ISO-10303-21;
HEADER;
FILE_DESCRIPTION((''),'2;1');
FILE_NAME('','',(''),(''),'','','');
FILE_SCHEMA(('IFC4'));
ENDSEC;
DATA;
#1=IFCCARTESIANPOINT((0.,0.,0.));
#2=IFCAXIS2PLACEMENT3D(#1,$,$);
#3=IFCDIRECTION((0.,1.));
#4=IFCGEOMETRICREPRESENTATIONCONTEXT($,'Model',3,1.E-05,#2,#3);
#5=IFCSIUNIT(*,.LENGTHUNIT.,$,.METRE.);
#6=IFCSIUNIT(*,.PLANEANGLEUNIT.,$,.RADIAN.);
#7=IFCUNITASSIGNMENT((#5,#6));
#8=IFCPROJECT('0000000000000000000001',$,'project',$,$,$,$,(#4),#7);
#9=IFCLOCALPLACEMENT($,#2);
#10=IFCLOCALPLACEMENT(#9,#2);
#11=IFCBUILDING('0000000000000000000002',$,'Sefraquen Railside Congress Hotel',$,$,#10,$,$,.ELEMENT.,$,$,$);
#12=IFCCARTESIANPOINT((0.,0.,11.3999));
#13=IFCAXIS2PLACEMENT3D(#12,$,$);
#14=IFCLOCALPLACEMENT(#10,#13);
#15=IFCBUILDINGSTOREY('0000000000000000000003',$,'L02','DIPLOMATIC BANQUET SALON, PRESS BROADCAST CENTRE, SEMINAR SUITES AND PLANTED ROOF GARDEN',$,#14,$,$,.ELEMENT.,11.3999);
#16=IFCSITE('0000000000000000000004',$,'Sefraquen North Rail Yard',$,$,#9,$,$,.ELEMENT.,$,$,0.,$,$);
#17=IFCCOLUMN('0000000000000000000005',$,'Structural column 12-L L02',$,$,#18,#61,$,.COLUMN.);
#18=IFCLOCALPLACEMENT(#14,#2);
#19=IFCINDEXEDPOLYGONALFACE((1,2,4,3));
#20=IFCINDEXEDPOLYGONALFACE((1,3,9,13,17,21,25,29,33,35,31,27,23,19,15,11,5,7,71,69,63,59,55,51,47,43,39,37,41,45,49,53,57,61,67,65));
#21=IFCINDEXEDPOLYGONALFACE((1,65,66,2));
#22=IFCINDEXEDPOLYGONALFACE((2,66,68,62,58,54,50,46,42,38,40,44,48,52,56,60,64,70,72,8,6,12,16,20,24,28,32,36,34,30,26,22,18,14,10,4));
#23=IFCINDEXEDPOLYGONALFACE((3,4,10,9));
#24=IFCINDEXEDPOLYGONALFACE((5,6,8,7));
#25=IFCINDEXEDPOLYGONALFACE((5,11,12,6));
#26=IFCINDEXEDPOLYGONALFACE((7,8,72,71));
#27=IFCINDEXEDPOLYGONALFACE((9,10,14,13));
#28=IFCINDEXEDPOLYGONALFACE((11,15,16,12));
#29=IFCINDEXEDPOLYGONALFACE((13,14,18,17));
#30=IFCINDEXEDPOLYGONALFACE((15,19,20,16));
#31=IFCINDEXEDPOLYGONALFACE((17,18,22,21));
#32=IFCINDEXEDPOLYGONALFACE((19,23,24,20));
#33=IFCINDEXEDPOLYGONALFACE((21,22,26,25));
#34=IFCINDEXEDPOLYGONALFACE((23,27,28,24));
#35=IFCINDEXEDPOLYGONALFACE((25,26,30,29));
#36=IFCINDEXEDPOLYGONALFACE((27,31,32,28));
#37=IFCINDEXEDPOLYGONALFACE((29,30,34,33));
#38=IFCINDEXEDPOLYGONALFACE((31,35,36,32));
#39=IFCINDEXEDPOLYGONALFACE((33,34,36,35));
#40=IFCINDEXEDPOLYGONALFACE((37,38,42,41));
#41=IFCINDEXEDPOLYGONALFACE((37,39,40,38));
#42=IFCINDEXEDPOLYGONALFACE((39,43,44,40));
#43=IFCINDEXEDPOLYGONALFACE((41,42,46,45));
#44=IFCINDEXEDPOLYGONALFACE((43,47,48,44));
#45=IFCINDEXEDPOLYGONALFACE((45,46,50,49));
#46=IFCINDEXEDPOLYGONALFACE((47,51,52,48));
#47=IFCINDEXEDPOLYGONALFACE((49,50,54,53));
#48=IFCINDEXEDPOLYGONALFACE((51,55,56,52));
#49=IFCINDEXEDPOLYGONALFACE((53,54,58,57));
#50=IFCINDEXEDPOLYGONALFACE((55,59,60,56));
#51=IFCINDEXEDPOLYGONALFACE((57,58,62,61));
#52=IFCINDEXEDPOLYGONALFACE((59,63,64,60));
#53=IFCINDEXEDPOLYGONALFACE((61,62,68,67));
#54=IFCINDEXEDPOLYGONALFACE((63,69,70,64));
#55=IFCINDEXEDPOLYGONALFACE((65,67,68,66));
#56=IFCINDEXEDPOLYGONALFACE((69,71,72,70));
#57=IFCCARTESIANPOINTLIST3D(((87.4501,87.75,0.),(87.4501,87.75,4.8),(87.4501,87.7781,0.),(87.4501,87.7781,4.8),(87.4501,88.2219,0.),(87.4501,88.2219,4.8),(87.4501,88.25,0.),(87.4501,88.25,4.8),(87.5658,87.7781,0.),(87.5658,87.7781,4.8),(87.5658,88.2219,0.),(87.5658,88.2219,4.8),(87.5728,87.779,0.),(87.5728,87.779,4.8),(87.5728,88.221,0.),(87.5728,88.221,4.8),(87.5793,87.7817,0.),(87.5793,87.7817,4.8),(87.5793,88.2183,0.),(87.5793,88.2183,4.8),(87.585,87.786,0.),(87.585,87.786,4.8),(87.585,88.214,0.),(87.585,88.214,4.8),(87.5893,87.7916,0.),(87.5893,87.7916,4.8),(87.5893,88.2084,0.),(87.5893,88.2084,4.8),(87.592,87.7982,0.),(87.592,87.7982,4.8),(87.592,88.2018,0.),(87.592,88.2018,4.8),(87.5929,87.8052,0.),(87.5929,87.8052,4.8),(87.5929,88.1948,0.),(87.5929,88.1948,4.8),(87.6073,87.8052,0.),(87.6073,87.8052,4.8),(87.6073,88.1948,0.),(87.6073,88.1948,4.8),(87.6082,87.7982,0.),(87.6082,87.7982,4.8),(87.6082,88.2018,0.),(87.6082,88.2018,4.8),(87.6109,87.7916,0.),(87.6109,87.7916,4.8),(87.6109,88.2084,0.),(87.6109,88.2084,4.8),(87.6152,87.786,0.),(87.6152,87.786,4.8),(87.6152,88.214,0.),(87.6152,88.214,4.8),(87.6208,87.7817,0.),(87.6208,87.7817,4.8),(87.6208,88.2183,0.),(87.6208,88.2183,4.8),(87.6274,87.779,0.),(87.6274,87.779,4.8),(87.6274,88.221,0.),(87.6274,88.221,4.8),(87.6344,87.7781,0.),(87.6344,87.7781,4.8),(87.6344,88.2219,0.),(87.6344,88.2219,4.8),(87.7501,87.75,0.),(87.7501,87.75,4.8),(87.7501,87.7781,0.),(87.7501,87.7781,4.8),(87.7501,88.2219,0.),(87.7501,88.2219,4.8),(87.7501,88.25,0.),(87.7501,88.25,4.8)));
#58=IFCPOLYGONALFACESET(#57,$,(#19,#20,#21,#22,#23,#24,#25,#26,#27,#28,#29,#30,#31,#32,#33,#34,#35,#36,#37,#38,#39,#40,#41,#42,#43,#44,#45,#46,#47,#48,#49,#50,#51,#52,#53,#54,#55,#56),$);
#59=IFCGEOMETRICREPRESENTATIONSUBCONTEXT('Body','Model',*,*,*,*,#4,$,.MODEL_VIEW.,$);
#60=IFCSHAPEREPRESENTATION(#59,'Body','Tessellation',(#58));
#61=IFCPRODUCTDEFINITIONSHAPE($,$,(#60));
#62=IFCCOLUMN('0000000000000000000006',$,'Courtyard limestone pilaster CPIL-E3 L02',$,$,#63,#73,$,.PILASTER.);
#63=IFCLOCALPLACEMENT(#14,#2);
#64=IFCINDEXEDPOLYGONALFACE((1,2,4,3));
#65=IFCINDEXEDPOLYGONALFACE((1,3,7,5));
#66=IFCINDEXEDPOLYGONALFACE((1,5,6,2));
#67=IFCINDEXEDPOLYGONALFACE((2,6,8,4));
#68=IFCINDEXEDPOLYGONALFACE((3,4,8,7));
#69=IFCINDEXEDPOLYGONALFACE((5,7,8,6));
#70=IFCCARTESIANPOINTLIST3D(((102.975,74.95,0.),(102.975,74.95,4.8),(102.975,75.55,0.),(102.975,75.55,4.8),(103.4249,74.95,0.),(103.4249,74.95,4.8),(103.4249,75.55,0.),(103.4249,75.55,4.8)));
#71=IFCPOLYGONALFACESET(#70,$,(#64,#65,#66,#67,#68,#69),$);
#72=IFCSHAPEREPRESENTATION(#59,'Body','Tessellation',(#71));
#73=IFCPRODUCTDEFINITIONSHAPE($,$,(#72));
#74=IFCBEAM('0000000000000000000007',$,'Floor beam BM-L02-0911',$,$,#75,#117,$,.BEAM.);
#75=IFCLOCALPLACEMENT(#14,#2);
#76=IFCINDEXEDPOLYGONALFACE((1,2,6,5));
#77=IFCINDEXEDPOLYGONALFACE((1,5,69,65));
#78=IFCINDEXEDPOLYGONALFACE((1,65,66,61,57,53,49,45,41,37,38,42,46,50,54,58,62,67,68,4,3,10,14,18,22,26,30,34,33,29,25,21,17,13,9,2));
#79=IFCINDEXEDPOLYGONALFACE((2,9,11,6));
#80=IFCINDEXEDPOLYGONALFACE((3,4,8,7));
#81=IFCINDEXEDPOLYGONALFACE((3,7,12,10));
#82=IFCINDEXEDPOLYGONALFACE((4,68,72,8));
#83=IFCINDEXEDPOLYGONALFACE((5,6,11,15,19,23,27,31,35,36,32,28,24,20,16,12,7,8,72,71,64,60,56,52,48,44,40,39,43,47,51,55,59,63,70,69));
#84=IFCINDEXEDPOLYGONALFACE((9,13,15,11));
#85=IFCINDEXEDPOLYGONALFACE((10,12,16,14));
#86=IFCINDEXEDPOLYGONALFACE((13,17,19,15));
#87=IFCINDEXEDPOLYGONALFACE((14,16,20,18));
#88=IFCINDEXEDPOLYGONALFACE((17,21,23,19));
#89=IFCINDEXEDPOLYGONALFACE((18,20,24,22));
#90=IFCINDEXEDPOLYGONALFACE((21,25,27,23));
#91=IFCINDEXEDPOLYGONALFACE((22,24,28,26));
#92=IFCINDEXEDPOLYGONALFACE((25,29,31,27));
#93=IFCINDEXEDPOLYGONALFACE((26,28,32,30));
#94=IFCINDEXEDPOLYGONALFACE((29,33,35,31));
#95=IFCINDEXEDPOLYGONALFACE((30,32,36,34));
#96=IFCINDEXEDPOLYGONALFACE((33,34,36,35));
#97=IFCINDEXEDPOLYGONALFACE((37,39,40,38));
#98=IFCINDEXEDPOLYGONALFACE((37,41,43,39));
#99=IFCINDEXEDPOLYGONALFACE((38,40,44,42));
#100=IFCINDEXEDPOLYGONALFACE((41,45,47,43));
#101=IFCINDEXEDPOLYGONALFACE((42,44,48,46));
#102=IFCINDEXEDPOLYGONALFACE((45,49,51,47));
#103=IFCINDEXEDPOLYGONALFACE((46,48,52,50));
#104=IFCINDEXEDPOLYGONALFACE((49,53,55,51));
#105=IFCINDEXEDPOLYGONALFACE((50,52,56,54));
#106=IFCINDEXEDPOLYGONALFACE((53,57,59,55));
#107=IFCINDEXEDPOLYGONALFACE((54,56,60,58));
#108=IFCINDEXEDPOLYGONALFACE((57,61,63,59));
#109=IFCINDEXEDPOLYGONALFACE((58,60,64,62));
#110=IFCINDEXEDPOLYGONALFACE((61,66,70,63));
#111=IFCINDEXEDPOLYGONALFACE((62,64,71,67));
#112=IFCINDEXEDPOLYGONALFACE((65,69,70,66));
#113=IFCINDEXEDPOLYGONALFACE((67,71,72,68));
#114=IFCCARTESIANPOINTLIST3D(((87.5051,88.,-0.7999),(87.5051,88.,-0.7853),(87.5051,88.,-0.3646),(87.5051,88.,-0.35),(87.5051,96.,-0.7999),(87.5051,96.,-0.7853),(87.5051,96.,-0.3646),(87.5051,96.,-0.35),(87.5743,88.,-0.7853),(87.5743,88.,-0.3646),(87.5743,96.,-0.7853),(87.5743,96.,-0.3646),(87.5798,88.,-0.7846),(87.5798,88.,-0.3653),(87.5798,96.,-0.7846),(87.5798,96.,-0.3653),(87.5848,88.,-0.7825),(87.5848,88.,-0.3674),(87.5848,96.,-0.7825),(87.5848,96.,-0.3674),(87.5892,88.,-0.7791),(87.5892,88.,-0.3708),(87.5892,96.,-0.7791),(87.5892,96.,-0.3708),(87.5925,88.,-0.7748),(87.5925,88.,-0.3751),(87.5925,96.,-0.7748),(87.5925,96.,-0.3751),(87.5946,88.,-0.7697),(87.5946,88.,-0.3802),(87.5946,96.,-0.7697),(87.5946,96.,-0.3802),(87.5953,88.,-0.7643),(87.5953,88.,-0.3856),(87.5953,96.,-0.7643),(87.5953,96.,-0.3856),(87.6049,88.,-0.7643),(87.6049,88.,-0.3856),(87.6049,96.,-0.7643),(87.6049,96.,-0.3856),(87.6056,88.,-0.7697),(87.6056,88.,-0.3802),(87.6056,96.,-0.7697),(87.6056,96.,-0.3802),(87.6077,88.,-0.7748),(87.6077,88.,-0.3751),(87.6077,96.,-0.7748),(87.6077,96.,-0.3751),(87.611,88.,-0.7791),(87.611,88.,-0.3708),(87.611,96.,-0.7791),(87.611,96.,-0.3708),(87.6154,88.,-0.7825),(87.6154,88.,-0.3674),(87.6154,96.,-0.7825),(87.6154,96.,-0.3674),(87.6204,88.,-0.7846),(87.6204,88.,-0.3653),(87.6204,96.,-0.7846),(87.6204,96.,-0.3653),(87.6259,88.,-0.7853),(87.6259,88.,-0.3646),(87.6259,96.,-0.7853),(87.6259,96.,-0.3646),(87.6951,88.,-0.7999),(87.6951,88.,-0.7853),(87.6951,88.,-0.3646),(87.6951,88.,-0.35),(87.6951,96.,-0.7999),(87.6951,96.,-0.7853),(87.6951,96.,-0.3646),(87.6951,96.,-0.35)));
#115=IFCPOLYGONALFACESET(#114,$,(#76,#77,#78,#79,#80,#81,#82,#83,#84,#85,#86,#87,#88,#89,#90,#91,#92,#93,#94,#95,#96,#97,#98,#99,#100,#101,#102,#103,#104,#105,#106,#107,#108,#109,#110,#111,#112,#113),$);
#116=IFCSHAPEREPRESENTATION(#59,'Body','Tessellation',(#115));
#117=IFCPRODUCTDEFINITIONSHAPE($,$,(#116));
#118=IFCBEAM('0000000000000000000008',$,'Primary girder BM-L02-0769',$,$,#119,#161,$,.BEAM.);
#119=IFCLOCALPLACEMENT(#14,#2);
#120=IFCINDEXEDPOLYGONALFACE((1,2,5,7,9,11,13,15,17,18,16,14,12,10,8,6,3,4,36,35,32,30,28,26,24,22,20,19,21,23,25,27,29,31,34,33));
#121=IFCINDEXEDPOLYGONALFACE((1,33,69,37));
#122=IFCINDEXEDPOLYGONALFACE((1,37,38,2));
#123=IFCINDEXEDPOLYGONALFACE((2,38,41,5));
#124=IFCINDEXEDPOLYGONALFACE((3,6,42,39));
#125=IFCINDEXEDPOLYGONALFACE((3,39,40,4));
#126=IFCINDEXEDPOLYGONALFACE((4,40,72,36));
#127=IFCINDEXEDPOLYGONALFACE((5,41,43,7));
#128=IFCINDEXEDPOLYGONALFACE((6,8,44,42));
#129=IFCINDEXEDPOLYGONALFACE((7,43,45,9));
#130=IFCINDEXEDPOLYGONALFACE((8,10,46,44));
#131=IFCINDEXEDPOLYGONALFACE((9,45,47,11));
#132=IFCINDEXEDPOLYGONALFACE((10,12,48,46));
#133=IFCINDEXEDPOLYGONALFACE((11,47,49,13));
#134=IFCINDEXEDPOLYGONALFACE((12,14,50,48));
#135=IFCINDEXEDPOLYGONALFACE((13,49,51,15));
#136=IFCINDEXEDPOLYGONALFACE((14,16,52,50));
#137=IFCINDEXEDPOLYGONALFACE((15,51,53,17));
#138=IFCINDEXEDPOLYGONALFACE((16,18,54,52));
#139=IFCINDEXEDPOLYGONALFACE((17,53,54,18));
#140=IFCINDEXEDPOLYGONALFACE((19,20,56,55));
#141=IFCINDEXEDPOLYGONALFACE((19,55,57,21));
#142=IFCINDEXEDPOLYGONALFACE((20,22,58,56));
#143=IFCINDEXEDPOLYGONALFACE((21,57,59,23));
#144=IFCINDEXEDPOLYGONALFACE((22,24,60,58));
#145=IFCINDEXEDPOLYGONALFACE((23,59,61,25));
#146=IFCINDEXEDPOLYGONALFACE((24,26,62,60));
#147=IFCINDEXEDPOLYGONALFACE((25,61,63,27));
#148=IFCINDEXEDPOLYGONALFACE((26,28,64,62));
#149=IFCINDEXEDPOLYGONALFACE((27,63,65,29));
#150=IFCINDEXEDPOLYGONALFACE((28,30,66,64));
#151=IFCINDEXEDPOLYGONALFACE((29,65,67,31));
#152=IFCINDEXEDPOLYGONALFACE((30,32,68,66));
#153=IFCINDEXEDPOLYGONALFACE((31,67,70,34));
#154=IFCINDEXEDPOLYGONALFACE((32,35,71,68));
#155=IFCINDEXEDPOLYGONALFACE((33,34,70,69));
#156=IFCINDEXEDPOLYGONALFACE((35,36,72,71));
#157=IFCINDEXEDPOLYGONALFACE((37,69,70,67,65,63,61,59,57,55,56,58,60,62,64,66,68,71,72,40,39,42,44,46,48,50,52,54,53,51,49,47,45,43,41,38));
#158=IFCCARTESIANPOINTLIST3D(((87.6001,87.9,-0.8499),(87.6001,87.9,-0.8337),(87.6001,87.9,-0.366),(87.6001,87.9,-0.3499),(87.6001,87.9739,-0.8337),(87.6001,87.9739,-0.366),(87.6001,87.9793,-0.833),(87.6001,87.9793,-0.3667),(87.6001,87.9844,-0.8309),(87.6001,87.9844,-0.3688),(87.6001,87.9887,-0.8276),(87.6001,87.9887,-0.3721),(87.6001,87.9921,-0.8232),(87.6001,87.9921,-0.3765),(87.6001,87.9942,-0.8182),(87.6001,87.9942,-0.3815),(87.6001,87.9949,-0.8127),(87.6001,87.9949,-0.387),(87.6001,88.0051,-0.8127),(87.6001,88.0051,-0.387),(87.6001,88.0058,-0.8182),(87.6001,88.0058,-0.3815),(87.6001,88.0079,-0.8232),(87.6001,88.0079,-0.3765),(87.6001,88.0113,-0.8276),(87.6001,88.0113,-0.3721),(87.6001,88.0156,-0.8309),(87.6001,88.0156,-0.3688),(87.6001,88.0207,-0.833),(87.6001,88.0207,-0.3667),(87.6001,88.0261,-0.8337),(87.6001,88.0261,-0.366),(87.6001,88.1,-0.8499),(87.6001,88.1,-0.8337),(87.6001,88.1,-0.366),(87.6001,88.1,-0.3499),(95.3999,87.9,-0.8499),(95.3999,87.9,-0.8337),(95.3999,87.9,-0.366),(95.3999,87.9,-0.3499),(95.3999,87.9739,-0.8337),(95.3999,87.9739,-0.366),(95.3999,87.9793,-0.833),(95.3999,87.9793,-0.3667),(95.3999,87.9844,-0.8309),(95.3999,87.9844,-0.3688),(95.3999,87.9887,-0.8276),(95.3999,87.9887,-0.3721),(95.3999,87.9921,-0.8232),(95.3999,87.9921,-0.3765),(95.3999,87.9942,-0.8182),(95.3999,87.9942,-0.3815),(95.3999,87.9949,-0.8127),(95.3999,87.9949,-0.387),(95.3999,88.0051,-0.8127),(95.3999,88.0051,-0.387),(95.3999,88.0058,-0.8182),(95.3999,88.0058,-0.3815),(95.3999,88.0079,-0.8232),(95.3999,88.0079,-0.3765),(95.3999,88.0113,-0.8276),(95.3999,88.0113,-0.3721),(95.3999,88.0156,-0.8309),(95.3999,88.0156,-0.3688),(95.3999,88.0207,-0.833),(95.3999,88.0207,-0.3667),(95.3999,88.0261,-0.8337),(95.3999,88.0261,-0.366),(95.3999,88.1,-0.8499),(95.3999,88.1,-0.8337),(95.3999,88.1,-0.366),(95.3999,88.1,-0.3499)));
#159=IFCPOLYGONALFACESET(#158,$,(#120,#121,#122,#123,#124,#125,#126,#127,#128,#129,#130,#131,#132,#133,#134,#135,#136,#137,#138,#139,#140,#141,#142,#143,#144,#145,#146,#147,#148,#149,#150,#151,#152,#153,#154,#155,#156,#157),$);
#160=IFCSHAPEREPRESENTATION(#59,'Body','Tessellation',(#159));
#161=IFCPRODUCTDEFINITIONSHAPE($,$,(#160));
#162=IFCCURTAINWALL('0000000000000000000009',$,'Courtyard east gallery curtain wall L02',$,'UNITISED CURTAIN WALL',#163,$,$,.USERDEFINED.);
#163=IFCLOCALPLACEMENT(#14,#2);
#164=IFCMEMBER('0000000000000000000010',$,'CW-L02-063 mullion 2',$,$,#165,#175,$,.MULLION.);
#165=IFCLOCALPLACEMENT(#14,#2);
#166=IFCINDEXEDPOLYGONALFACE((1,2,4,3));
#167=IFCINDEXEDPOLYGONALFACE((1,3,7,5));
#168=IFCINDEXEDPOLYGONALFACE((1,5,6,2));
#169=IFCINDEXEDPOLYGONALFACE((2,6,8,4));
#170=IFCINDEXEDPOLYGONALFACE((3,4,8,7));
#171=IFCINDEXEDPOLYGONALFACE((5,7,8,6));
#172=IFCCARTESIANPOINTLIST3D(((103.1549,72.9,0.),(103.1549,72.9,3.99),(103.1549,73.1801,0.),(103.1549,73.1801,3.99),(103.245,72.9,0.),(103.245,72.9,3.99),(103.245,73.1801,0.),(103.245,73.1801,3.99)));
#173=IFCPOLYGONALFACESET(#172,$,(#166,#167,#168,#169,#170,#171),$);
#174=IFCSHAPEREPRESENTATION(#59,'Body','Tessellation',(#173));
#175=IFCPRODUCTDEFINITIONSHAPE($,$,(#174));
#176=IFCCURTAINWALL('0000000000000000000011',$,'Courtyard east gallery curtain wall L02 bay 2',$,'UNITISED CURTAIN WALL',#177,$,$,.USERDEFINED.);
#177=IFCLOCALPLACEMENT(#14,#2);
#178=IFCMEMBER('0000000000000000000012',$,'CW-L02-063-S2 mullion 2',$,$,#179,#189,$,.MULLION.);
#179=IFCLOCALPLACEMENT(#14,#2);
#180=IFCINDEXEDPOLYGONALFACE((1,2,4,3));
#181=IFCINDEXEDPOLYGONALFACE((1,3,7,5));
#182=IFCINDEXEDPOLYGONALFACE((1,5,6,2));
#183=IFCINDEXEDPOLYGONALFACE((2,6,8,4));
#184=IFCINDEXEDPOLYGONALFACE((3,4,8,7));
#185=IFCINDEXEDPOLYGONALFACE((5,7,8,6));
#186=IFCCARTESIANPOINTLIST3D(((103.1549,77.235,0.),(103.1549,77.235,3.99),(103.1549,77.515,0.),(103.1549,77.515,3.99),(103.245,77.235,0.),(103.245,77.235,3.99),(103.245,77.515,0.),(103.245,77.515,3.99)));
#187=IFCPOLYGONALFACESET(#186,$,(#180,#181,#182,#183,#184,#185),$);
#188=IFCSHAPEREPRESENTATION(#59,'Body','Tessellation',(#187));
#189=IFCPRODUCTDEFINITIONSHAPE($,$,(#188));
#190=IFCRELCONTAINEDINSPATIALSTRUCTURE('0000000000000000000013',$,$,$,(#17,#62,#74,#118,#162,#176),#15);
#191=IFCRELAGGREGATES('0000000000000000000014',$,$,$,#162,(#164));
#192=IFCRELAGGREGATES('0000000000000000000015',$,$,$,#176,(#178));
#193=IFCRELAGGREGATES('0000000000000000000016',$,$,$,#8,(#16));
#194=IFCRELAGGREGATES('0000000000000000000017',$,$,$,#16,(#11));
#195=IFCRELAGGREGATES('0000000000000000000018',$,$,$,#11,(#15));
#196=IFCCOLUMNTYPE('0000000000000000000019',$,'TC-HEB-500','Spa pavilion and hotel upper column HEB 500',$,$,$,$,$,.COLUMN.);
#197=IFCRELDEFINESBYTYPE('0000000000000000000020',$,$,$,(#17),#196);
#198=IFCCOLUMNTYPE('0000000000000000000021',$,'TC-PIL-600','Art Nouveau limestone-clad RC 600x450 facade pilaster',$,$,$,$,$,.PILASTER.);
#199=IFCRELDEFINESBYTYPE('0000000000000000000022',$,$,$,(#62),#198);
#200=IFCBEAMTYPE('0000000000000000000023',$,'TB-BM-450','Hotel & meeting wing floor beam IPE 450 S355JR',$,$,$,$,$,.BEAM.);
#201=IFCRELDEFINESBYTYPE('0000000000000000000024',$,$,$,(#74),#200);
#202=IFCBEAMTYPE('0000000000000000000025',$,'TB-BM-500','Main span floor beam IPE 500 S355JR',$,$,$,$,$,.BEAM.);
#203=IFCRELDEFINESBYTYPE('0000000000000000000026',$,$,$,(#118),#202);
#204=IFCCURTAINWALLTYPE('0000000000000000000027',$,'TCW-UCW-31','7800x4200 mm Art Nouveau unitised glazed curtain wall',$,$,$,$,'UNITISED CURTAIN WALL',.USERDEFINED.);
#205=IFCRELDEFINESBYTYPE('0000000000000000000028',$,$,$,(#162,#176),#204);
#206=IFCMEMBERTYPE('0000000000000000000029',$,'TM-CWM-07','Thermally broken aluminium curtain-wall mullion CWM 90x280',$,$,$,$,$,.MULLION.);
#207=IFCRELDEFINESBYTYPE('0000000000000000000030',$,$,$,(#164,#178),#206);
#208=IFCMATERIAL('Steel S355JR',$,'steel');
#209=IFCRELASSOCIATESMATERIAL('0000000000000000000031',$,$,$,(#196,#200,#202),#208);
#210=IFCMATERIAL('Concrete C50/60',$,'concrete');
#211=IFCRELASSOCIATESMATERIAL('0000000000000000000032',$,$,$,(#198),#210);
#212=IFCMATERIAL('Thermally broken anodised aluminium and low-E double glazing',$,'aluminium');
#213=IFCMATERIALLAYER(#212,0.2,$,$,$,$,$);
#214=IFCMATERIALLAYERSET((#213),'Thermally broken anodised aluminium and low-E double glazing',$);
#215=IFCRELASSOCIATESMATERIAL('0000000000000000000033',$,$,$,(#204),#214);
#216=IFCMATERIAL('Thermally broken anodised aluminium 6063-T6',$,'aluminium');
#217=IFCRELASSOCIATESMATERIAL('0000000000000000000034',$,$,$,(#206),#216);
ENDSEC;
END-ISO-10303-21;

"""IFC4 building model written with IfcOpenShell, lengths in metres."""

from ifc_helpers import new_model, si_unit, direction, frame, origin, origin_2d, place, context, subcontext, project, spatial, rectangle, i_section, extrude, material, layer, layer_set, material_profile, profile_set, type_object, element, aggregate, save


model = new_model("IFC4")

# Units and contexts
model_context = context("Model", 3, precision=1e-05, world=origin(), true_north=direction((0.0, 1.0)))
body_context = subcontext(model_context, "Body", "Model", "MODEL_VIEW")
ifc_project = project(units=[si_unit("LENGTHUNIT", "METRE"), si_unit("PLANEANGLEUNIT", "RADIAN")], contexts=[model_context])

# Site, building, storey
site_placement = place(None, origin())
site = spatial("IfcSite", under=ifc_project, at=site_placement, Name="Sefraquen North Rail Yard", CompositionType="ELEMENT", RefElevation=0.0)
building_placement = place(site_placement, origin())
building = spatial("IfcBuilding", under=site, at=building_placement, Name="Sefraquen Railside Congress Hotel", CompositionType="ELEMENT")
storey_placement = place(building_placement, frame((0.0, 0.0, 11.3999)))
storey = spatial("IfcBuildingStorey", under=building, at=storey_placement, Name="L02", Description="DIPLOMATIC BANQUET SALON, PRESS BROADCAST CENTRE, SEMINAR SUITES AND PLANTED ROOF GARDEN", CompositionType="ELEMENT", Elevation=11.3999)

# Columns
ifc_material_1 = material(Name="Steel S355JR", Category="steel")
ifc_material_profile_1 = material_profile(ifc_material_1, i_section(OverallWidth=0.3, OverallDepth=0.5, WebThickness=0.0144, FlangeThickness=0.0281, FilletRadius=0.0271, at=origin_2d()), Name="HEB 500")
ifc_profile_set_1 = profile_set([ifc_material_profile_1], Name="Steel S355JR")
column_type_1 = type_object("IfcColumnType", Name="TC-HEB-500", Description="Spa pavilion and hotel upper column HEB 500", PredefinedType="COLUMN", material=ifc_profile_set_1)
column_1_placement = place(storey_placement, frame((87.6001, 88.0, 0.0), z_axis=(0.0, 0.0, 1.0), x_axis=(1.0, 0.0, 0.0)))
element("IfcColumn", 1, at=column_1_placement, inside=storey, type_object=column_type_1, Name="Structural column 12-L L02", PredefinedType="COLUMN", context=body_context, shape_type="SweptSolid", body=[
    extrude(i_section(OverallWidth=0.3, OverallDepth=0.5, WebThickness=0.0144, FlangeThickness=0.0281, FilletRadius=0.0271, at=origin_2d()), origin(), (0.0, 0.0, 1.0), 4.8),
])
ifc_material_2 = material(Name="Concrete C50/60", Category="concrete")
ifc_material_profile_2 = material_profile(ifc_material_2, rectangle(XDim=0.45, YDim=0.6001, at=origin_2d()), Name="RC 600x450")
ifc_profile_set_2 = profile_set([ifc_material_profile_2], Name="Concrete C50/60")
column_type_2 = type_object("IfcColumnType", Name="TC-PIL-600", Description="Art Nouveau limestone-clad RC 600x450 facade pilaster", PredefinedType="PILASTER", material=ifc_profile_set_2)
column_2_placement = place(storey_placement, frame((103.2, 75.25, 0.0), z_axis=(0.0, 0.0, 1.0), x_axis=(1.0, 0.0, 0.0)))
element("IfcColumn", 2, at=column_2_placement, inside=storey, type_object=column_type_2, Name="Courtyard limestone pilaster CPIL-E3 L02", PredefinedType="PILASTER", context=body_context, shape_type="SweptSolid", body=[
    extrude(rectangle(XDim=0.45, YDim=0.6001, at=origin_2d()), origin(), (0.0, 0.0, 1.0), 4.8),
])

# Beams
ifc_material_profile_3 = material_profile(ifc_material_1, i_section(OverallWidth=0.1899, OverallDepth=0.45, WebThickness=0.0095, FlangeThickness=0.0146, FilletRadius=0.021, at=origin_2d()), Name="IPE 450")
ifc_profile_set_3 = profile_set([ifc_material_profile_3], Name="Steel S355JR")
beam_type_1 = type_object("IfcBeamType", Name="TB-BM-450", Description="Hotel & meeting wing floor beam IPE 450 S355JR", PredefinedType="BEAM", material=ifc_profile_set_3)
beam_1_placement = place(storey_placement, frame((87.6001, 88.0, -0.575), z_axis=(0.0, 1.0, 0.0), x_axis=(-1.0, 0.0, 0.0)))
element("IfcBeam", 3, at=beam_1_placement, inside=storey, type_object=beam_type_1, Name="Floor beam BM-L02-0911", PredefinedType="BEAM", context=body_context, shape_type="SweptSolid", body=[
    extrude(i_section(OverallWidth=0.1899, OverallDepth=0.45, WebThickness=0.0095, FlangeThickness=0.0146, FilletRadius=0.021, at=origin_2d()), origin(), (0.0, 0.0, 1.0), 8.0),
])
ifc_material_profile_4 = material_profile(ifc_material_1, i_section(OverallWidth=0.2, OverallDepth=0.5, WebThickness=0.0103, FlangeThickness=0.0161, FilletRadius=0.021, at=origin_2d()), Name="IPE 500")
ifc_profile_set_4 = profile_set([ifc_material_profile_4], Name="Steel S355JR")
beam_type_2 = type_object("IfcBeamType", Name="TB-BM-500", Description="Main span floor beam IPE 500 S355JR", PredefinedType="BEAM", material=ifc_profile_set_4)
beam_2_placement = place(storey_placement, frame((87.6001, 88.0, -0.5999), z_axis=(1.0, 0.0, 0.0), x_axis=(0.0, 1.0, 0.0)))
element("IfcBeam", 4, at=beam_2_placement, inside=storey, type_object=beam_type_2, Name="Primary girder BM-L02-0769", PredefinedType="BEAM", context=body_context, shape_type="SweptSolid", body=[
    extrude(i_section(OverallWidth=0.2, OverallDepth=0.5, WebThickness=0.0103, FlangeThickness=0.0161, FilletRadius=0.021, at=origin_2d()), origin(), (0.0, 0.0, 1.0), 7.7998),
])

# Curtain walls, members
ifc_material_3 = material(Name="Thermally broken anodised aluminium and low-E double glazing", Category="aluminium")
ifc_layer_1 = layer(ifc_material_3, 0.2)
ifc_layer_set_1 = layer_set([ifc_layer_1], Name="Thermally broken anodised aluminium and low-E double glazing")
curtain_wall_type_1 = type_object("IfcCurtainWallType", Name="TCW-UCW-31", Description="7800x4200 mm Art Nouveau unitised glazed curtain wall", ElementType="UNITISED CURTAIN WALL", PredefinedType="USERDEFINED", material=ifc_layer_set_1)
curtain_wall_1_placement = place(storey_placement, origin())
curtain_wall_1 = element("IfcCurtainWall", 5, at=curtain_wall_1_placement, inside=storey, type_object=curtain_wall_type_1, Name="Courtyard east gallery curtain wall L02", ObjectType="UNITISED CURTAIN WALL", PredefinedType="USERDEFINED")
ifc_material_4 = material(Name="Thermally broken anodised aluminium 6063-T6", Category="aluminium")
ifc_material_profile_5 = material_profile(ifc_material_4, rectangle(XDim=0.0901, YDim=0.28, at=origin_2d()), Name="CWM 90x280")
ifc_profile_set_5 = profile_set([ifc_material_profile_5], Name="Thermally broken anodised aluminium 6063-T6")
member_type_1 = type_object("IfcMemberType", Name="TM-CWM-07", Description="Thermally broken aluminium curtain-wall mullion CWM 90x280", PredefinedType="MULLION", material=ifc_profile_set_5)
member_1_placement = place(storey_placement, frame((103.2, 73.04, 0.0), z_axis=(0.0, 0.0, 1.0), x_axis=(1.0, 0.0, 0.0)))
member_1 = element("IfcMember", 6, at=member_1_placement, type_object=member_type_1, Name="CW-L02-063 mullion 2", PredefinedType="MULLION", context=body_context, shape_type="SweptSolid", body=[
    extrude(rectangle(XDim=0.0901, YDim=0.28, at=origin_2d()), origin(), (0.0, 0.0, 1.0), 3.99),
])
curtain_wall_2_placement = place(storey_placement, origin())
curtain_wall_2 = element("IfcCurtainWall", 7, at=curtain_wall_2_placement, inside=storey, type_object=curtain_wall_type_1, Name="Courtyard east gallery curtain wall L02 bay 2", ObjectType="UNITISED CURTAIN WALL", PredefinedType="USERDEFINED")
member_2_placement = place(storey_placement, frame((103.2, 77.375, 0.0), z_axis=(0.0, 0.0, 1.0), x_axis=(1.0, 0.0, 0.0)))
member_2 = element("IfcMember", 8, at=member_2_placement, type_object=member_type_1, Name="CW-L02-063-S2 mullion 2", PredefinedType="MULLION", context=body_context, shape_type="SweptSolid", body=[
    extrude(rectangle(XDim=0.0901, YDim=0.28, at=origin_2d()), origin(), (0.0, 0.0, 1.0), 3.99),
])

aggregate(curtain_wall_1, [member_1])
aggregate(curtain_wall_2, [member_2])

save(model, "model.ifc")
